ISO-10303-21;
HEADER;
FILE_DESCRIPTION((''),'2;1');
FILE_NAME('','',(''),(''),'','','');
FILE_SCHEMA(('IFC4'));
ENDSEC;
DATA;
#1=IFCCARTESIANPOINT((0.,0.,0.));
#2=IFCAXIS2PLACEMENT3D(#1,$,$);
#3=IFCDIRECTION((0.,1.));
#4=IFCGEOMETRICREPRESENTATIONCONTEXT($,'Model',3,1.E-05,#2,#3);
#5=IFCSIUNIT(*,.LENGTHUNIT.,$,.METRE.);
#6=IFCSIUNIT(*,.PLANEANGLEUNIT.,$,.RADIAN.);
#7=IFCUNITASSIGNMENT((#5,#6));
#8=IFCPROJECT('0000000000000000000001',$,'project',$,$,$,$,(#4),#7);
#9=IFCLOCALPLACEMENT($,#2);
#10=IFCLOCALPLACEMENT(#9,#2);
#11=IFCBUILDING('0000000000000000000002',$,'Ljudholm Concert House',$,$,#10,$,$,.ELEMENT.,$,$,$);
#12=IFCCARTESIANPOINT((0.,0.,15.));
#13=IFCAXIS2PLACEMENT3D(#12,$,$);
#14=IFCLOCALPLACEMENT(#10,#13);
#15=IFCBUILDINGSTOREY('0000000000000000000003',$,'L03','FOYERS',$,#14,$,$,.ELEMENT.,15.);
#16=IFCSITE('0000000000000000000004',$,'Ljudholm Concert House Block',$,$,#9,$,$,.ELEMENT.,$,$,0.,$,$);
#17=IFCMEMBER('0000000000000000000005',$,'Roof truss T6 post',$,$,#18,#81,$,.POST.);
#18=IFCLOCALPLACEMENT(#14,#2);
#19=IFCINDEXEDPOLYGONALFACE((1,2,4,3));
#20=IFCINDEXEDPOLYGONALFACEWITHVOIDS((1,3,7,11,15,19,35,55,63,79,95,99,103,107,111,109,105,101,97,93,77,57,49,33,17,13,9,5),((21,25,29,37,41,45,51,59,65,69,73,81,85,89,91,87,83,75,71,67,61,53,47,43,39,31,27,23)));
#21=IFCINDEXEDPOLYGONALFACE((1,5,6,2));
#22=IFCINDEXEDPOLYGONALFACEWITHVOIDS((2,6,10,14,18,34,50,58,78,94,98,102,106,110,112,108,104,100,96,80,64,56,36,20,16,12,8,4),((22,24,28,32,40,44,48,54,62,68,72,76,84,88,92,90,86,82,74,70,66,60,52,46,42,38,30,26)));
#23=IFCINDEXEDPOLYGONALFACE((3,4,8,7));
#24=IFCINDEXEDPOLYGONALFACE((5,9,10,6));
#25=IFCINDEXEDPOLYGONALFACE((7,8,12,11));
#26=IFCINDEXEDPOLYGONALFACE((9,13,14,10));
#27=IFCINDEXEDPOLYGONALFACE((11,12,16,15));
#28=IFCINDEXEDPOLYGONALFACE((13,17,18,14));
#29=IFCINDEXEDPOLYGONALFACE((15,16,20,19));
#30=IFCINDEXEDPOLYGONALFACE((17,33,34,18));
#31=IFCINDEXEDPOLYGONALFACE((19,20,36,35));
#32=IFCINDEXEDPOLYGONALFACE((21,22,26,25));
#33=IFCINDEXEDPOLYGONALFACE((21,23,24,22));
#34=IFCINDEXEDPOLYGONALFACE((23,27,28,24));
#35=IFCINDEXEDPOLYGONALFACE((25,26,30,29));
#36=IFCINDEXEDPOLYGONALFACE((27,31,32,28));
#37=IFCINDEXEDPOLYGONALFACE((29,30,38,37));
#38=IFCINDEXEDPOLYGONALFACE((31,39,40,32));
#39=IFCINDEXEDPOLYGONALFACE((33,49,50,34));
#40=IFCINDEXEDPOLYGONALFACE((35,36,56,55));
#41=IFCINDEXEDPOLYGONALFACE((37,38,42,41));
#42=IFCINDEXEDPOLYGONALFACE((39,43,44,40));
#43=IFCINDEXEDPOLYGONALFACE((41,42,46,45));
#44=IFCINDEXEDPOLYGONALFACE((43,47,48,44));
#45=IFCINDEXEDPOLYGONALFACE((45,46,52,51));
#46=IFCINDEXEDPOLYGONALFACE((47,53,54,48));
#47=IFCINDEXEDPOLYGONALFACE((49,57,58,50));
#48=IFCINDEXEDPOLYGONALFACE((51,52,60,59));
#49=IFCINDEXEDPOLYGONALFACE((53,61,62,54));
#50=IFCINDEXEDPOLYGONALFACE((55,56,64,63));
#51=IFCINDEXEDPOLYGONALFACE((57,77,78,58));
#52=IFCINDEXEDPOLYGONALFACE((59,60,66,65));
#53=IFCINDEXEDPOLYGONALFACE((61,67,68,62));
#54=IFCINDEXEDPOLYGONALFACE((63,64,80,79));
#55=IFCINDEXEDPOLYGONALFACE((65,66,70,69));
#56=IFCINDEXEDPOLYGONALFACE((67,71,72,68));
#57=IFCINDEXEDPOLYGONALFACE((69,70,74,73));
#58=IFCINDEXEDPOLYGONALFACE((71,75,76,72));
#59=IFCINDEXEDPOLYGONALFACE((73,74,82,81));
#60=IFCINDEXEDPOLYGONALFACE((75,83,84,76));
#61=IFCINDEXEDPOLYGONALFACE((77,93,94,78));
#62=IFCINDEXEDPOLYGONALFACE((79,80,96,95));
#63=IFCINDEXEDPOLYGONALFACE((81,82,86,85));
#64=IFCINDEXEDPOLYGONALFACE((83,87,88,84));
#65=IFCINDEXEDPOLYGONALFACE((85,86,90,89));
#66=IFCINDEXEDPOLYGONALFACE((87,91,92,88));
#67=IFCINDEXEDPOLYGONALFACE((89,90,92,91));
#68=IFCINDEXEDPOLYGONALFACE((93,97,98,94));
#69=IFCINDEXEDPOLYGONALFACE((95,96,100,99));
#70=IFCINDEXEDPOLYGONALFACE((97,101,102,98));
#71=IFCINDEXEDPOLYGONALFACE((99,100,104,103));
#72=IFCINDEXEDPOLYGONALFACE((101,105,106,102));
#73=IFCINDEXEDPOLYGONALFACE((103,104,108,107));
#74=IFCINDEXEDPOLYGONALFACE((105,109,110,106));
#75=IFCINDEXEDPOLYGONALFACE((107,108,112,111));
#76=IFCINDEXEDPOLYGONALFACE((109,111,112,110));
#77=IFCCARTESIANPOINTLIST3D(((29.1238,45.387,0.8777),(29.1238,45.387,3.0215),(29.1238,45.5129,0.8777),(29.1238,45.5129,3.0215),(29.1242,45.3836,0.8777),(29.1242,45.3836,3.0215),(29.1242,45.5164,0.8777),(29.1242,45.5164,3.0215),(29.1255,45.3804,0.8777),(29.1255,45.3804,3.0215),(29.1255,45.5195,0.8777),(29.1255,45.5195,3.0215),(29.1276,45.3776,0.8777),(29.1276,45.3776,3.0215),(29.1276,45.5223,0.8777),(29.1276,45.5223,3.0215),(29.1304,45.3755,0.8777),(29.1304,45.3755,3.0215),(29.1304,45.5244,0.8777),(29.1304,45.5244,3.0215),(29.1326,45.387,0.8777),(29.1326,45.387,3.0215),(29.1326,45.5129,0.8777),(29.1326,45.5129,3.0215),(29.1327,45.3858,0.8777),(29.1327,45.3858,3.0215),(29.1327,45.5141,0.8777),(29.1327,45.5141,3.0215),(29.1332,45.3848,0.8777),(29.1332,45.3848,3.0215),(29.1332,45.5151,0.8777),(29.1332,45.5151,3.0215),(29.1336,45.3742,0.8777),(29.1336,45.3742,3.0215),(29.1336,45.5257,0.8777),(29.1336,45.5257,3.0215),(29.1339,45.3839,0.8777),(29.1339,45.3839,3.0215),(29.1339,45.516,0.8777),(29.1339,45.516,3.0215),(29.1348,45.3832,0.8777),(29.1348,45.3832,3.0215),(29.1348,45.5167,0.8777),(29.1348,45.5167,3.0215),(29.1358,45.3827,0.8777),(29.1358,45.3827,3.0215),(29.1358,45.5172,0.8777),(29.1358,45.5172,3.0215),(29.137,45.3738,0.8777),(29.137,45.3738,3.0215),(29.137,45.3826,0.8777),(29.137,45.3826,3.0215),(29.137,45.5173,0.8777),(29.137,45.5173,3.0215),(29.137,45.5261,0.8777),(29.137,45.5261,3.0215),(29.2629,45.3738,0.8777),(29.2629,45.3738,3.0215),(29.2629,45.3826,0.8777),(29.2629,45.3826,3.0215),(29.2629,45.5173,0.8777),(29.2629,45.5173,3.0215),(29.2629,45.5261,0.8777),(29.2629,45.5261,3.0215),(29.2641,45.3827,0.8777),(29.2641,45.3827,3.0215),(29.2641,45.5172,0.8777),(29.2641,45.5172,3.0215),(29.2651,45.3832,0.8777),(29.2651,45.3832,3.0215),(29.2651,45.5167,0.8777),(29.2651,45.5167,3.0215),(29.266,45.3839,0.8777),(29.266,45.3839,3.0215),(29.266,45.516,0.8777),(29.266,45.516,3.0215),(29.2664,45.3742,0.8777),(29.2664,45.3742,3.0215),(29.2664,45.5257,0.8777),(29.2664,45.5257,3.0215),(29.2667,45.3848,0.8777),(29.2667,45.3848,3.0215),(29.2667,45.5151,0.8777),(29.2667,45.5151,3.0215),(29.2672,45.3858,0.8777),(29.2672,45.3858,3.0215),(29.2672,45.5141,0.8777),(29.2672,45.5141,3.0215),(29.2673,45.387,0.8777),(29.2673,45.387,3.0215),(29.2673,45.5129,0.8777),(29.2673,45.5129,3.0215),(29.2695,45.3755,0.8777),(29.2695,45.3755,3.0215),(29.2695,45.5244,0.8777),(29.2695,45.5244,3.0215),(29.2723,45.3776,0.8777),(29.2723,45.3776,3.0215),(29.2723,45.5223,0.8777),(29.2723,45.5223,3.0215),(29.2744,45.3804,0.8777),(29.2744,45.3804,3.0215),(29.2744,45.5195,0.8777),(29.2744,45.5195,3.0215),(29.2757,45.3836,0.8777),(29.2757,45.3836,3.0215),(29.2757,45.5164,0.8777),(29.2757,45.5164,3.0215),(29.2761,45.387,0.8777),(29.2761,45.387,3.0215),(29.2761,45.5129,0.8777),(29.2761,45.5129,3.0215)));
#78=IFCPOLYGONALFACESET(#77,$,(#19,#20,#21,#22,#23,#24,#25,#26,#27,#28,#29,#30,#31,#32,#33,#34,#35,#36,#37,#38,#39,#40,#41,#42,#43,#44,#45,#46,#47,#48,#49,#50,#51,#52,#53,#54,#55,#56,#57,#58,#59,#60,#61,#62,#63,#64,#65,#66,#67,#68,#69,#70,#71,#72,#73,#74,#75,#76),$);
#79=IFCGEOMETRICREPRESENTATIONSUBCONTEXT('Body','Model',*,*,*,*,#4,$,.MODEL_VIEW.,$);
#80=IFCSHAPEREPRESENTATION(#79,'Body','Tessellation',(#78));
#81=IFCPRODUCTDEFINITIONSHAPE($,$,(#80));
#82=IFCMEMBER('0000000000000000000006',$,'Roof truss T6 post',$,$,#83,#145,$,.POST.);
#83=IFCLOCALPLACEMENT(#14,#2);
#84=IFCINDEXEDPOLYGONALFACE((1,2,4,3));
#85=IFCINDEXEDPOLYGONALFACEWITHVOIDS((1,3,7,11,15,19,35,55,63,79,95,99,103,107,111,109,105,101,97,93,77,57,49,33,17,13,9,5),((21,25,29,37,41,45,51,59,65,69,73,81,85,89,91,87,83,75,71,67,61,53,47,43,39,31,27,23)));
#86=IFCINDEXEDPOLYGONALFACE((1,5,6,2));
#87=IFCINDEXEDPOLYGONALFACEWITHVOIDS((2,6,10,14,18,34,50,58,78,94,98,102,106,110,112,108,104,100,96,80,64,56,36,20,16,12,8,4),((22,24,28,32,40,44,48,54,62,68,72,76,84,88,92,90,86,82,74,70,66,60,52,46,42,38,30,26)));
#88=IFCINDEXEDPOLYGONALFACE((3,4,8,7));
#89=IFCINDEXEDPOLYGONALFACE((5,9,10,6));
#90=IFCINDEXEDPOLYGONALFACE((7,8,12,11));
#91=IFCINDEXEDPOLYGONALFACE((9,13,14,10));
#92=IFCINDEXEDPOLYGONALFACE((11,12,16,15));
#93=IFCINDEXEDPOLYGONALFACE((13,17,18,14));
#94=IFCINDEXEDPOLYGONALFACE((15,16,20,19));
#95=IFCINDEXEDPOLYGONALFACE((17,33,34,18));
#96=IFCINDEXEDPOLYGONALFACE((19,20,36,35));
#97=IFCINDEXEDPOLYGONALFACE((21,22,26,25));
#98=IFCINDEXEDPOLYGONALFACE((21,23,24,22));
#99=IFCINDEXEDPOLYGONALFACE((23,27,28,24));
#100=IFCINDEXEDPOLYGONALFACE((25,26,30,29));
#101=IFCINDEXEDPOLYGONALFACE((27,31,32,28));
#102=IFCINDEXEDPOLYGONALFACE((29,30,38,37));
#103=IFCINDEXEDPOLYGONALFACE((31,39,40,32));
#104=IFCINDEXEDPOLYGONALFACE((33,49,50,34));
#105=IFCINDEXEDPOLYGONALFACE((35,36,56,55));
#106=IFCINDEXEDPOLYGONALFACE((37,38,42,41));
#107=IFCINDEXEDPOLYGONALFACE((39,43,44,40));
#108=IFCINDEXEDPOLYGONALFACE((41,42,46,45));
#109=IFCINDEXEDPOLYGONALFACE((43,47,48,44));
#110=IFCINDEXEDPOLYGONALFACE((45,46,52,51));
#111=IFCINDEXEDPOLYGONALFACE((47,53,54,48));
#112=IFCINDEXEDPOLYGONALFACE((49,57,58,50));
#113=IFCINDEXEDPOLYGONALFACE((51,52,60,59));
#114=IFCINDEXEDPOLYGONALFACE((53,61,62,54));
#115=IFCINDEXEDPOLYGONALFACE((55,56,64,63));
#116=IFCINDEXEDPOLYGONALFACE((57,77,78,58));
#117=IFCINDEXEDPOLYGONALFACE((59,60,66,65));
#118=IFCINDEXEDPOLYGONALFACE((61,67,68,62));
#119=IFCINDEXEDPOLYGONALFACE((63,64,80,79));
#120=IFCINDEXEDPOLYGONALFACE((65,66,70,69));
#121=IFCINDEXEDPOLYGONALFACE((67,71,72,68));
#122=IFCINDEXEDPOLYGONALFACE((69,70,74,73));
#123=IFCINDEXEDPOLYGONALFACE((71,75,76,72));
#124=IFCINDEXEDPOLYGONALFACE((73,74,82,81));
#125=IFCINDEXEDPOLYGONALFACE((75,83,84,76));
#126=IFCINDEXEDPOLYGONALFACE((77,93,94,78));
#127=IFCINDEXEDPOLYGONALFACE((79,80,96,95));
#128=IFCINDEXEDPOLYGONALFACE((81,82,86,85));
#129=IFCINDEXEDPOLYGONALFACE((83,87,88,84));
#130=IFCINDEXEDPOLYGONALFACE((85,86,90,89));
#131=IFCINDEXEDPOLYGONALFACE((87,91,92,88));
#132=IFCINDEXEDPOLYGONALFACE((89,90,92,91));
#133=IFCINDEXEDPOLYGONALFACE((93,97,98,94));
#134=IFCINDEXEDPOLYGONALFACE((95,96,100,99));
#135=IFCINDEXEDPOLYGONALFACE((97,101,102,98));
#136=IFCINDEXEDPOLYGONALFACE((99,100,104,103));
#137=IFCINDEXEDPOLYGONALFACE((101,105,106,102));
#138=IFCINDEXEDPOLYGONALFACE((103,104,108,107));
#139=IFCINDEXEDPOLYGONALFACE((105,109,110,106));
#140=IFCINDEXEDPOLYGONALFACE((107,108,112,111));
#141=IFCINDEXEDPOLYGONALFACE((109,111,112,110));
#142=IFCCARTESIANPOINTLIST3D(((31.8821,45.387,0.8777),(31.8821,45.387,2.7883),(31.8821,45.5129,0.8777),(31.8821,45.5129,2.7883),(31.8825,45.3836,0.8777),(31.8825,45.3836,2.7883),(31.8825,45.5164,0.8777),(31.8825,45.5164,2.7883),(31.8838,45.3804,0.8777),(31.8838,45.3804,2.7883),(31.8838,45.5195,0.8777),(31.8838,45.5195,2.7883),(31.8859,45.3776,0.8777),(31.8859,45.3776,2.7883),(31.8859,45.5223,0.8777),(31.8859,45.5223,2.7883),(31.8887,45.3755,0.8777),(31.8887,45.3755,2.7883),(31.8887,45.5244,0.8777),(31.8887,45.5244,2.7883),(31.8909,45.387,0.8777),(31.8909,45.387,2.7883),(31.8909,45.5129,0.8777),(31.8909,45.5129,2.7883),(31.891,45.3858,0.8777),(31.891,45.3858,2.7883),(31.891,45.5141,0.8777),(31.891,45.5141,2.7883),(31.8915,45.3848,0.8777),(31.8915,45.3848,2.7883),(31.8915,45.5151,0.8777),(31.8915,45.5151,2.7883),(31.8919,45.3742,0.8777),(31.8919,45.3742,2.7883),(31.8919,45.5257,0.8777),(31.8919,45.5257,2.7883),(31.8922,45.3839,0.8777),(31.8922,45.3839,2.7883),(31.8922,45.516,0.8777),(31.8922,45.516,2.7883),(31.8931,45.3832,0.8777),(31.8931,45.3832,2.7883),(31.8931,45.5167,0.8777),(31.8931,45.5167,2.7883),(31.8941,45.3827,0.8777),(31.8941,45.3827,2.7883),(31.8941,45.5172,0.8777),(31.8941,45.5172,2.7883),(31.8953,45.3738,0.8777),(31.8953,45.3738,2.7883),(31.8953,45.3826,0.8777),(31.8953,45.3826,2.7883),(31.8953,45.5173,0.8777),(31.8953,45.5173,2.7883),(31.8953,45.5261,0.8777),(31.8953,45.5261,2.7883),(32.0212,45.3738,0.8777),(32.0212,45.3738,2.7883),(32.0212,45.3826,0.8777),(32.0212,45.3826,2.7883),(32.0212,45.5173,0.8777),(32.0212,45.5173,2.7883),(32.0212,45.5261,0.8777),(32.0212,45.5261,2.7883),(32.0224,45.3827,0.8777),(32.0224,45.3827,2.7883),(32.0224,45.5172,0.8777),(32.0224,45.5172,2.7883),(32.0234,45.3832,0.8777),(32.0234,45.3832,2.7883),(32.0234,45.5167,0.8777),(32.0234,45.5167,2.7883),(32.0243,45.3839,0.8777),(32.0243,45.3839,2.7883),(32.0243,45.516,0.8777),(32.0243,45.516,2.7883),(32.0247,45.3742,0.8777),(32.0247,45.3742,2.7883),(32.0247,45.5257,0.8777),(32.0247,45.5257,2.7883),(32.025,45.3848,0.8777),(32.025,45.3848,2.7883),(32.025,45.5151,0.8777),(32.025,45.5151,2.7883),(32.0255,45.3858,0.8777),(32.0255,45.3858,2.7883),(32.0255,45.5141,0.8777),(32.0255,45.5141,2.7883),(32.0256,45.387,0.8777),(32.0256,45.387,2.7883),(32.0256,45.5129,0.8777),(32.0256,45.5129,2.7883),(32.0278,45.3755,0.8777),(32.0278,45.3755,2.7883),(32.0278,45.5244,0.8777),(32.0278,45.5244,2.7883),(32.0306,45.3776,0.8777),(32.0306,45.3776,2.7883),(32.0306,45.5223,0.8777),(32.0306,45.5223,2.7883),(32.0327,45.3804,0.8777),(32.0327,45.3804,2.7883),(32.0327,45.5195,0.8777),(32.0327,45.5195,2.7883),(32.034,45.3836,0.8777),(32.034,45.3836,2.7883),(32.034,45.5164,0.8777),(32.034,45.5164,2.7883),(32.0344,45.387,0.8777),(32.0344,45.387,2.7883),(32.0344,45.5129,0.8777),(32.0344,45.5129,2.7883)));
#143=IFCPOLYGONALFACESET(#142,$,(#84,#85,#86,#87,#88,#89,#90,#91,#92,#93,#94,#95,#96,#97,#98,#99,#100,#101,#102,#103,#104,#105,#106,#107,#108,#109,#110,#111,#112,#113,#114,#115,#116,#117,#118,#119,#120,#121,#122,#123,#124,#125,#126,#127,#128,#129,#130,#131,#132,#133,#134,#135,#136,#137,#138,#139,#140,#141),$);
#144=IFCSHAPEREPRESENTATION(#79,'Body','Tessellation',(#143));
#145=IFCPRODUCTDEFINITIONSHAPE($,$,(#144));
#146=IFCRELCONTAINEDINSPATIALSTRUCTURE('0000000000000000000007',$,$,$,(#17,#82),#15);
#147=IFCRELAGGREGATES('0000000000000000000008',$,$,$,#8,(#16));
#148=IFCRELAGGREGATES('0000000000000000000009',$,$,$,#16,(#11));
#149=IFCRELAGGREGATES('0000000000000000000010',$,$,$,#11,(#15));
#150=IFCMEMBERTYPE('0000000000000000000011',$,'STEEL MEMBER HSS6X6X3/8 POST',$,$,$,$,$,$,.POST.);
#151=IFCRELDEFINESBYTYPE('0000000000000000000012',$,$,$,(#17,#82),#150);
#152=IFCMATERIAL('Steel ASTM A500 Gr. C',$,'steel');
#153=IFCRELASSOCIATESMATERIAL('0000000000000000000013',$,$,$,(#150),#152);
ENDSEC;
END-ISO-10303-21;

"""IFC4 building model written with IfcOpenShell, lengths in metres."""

from ifc_helpers import new_model, si_unit, direction, frame, origin, origin_2d, place, context, subcontext, project, spatial, hollow_rectangle, extrude, material, material_profile, profile_set, type_object, element, save


model = new_model("IFC4")

# Units and contexts
model_context = context("Model", 3, precision=1e-05, world=origin(), true_north=direction((0.0, 1.0)))
body_context = subcontext(model_context, "Body", "Model", "MODEL_VIEW")
ifc_project = project(units=[si_unit("LENGTHUNIT", "METRE"), si_unit("PLANEANGLEUNIT", "RADIAN")], contexts=[model_context])

# Site, building, storey
site_placement = place(None, origin())
site = spatial("IfcSite", under=ifc_project, at=site_placement, Name="Ljudholm Concert House Block", CompositionType="ELEMENT", RefElevation=0.0)
building_placement = place(site_placement, origin())
building = spatial("IfcBuilding", under=site, at=building_placement, Name="Ljudholm Concert House", CompositionType="ELEMENT")
storey_placement = place(building_placement, frame((0.0, 0.0, 15.0)))
storey = spatial("IfcBuildingStorey", under=building, at=storey_placement, Name="L03", Description="FOYERS", CompositionType="ELEMENT", Elevation=15.0)

# Members
ifc_material_1 = material(Name="Steel ASTM A500 Gr. C", Category="steel")
ifc_material_profile_1 = material_profile(ifc_material_1, hollow_rectangle(XDim=0.1523, YDim=0.1523, WallThickness=0.0088, InnerFilletRadius=0.0044, OuterFilletRadius=0.0132, at=origin_2d()), Name="HSS6X6X3/8")
ifc_profile_set_1 = profile_set([ifc_material_profile_1], Name="Steel ASTM A500 Gr. C")
member_type_1 = type_object("IfcMemberType", Name="STEEL MEMBER HSS6X6X3/8 POST", PredefinedType="POST", material=ifc_profile_set_1)
member_1_placement = place(storey_placement, frame((29.2, 45.45, 0.8777), z_axis=(0.0, 0.0, 1.0), x_axis=(1.0, 0.0, 0.0)))
element("IfcMember", 1, at=member_1_placement, inside=storey, type_object=member_type_1, Name="Roof truss T6 post", PredefinedType="POST", context=body_context, shape_type="SweptSolid", body=[
    extrude(hollow_rectangle(XDim=0.1523, YDim=0.1523, WallThickness=0.0088, InnerFilletRadius=0.0044, OuterFilletRadius=0.0132, at=origin_2d()), origin(), (0.0, 0.0, 1.0), 2.1438),
])
member_2_placement = place(storey_placement, frame((31.9583, 45.45, 0.8777), z_axis=(0.0, 0.0, 1.0), x_axis=(1.0, 0.0, 0.0)))
element("IfcMember", 2, at=member_2_placement, inside=storey, type_object=member_type_1, Name="Roof truss T6 post", PredefinedType="POST", context=body_context, shape_type="SweptSolid", body=[
    extrude(hollow_rectangle(XDim=0.1523, YDim=0.1523, WallThickness=0.0088, InnerFilletRadius=0.0044, OuterFilletRadius=0.0132, at=origin_2d()), origin(), (0.0, 0.0, 1.0), 1.9106),
])

save(model, "model.ifc")
